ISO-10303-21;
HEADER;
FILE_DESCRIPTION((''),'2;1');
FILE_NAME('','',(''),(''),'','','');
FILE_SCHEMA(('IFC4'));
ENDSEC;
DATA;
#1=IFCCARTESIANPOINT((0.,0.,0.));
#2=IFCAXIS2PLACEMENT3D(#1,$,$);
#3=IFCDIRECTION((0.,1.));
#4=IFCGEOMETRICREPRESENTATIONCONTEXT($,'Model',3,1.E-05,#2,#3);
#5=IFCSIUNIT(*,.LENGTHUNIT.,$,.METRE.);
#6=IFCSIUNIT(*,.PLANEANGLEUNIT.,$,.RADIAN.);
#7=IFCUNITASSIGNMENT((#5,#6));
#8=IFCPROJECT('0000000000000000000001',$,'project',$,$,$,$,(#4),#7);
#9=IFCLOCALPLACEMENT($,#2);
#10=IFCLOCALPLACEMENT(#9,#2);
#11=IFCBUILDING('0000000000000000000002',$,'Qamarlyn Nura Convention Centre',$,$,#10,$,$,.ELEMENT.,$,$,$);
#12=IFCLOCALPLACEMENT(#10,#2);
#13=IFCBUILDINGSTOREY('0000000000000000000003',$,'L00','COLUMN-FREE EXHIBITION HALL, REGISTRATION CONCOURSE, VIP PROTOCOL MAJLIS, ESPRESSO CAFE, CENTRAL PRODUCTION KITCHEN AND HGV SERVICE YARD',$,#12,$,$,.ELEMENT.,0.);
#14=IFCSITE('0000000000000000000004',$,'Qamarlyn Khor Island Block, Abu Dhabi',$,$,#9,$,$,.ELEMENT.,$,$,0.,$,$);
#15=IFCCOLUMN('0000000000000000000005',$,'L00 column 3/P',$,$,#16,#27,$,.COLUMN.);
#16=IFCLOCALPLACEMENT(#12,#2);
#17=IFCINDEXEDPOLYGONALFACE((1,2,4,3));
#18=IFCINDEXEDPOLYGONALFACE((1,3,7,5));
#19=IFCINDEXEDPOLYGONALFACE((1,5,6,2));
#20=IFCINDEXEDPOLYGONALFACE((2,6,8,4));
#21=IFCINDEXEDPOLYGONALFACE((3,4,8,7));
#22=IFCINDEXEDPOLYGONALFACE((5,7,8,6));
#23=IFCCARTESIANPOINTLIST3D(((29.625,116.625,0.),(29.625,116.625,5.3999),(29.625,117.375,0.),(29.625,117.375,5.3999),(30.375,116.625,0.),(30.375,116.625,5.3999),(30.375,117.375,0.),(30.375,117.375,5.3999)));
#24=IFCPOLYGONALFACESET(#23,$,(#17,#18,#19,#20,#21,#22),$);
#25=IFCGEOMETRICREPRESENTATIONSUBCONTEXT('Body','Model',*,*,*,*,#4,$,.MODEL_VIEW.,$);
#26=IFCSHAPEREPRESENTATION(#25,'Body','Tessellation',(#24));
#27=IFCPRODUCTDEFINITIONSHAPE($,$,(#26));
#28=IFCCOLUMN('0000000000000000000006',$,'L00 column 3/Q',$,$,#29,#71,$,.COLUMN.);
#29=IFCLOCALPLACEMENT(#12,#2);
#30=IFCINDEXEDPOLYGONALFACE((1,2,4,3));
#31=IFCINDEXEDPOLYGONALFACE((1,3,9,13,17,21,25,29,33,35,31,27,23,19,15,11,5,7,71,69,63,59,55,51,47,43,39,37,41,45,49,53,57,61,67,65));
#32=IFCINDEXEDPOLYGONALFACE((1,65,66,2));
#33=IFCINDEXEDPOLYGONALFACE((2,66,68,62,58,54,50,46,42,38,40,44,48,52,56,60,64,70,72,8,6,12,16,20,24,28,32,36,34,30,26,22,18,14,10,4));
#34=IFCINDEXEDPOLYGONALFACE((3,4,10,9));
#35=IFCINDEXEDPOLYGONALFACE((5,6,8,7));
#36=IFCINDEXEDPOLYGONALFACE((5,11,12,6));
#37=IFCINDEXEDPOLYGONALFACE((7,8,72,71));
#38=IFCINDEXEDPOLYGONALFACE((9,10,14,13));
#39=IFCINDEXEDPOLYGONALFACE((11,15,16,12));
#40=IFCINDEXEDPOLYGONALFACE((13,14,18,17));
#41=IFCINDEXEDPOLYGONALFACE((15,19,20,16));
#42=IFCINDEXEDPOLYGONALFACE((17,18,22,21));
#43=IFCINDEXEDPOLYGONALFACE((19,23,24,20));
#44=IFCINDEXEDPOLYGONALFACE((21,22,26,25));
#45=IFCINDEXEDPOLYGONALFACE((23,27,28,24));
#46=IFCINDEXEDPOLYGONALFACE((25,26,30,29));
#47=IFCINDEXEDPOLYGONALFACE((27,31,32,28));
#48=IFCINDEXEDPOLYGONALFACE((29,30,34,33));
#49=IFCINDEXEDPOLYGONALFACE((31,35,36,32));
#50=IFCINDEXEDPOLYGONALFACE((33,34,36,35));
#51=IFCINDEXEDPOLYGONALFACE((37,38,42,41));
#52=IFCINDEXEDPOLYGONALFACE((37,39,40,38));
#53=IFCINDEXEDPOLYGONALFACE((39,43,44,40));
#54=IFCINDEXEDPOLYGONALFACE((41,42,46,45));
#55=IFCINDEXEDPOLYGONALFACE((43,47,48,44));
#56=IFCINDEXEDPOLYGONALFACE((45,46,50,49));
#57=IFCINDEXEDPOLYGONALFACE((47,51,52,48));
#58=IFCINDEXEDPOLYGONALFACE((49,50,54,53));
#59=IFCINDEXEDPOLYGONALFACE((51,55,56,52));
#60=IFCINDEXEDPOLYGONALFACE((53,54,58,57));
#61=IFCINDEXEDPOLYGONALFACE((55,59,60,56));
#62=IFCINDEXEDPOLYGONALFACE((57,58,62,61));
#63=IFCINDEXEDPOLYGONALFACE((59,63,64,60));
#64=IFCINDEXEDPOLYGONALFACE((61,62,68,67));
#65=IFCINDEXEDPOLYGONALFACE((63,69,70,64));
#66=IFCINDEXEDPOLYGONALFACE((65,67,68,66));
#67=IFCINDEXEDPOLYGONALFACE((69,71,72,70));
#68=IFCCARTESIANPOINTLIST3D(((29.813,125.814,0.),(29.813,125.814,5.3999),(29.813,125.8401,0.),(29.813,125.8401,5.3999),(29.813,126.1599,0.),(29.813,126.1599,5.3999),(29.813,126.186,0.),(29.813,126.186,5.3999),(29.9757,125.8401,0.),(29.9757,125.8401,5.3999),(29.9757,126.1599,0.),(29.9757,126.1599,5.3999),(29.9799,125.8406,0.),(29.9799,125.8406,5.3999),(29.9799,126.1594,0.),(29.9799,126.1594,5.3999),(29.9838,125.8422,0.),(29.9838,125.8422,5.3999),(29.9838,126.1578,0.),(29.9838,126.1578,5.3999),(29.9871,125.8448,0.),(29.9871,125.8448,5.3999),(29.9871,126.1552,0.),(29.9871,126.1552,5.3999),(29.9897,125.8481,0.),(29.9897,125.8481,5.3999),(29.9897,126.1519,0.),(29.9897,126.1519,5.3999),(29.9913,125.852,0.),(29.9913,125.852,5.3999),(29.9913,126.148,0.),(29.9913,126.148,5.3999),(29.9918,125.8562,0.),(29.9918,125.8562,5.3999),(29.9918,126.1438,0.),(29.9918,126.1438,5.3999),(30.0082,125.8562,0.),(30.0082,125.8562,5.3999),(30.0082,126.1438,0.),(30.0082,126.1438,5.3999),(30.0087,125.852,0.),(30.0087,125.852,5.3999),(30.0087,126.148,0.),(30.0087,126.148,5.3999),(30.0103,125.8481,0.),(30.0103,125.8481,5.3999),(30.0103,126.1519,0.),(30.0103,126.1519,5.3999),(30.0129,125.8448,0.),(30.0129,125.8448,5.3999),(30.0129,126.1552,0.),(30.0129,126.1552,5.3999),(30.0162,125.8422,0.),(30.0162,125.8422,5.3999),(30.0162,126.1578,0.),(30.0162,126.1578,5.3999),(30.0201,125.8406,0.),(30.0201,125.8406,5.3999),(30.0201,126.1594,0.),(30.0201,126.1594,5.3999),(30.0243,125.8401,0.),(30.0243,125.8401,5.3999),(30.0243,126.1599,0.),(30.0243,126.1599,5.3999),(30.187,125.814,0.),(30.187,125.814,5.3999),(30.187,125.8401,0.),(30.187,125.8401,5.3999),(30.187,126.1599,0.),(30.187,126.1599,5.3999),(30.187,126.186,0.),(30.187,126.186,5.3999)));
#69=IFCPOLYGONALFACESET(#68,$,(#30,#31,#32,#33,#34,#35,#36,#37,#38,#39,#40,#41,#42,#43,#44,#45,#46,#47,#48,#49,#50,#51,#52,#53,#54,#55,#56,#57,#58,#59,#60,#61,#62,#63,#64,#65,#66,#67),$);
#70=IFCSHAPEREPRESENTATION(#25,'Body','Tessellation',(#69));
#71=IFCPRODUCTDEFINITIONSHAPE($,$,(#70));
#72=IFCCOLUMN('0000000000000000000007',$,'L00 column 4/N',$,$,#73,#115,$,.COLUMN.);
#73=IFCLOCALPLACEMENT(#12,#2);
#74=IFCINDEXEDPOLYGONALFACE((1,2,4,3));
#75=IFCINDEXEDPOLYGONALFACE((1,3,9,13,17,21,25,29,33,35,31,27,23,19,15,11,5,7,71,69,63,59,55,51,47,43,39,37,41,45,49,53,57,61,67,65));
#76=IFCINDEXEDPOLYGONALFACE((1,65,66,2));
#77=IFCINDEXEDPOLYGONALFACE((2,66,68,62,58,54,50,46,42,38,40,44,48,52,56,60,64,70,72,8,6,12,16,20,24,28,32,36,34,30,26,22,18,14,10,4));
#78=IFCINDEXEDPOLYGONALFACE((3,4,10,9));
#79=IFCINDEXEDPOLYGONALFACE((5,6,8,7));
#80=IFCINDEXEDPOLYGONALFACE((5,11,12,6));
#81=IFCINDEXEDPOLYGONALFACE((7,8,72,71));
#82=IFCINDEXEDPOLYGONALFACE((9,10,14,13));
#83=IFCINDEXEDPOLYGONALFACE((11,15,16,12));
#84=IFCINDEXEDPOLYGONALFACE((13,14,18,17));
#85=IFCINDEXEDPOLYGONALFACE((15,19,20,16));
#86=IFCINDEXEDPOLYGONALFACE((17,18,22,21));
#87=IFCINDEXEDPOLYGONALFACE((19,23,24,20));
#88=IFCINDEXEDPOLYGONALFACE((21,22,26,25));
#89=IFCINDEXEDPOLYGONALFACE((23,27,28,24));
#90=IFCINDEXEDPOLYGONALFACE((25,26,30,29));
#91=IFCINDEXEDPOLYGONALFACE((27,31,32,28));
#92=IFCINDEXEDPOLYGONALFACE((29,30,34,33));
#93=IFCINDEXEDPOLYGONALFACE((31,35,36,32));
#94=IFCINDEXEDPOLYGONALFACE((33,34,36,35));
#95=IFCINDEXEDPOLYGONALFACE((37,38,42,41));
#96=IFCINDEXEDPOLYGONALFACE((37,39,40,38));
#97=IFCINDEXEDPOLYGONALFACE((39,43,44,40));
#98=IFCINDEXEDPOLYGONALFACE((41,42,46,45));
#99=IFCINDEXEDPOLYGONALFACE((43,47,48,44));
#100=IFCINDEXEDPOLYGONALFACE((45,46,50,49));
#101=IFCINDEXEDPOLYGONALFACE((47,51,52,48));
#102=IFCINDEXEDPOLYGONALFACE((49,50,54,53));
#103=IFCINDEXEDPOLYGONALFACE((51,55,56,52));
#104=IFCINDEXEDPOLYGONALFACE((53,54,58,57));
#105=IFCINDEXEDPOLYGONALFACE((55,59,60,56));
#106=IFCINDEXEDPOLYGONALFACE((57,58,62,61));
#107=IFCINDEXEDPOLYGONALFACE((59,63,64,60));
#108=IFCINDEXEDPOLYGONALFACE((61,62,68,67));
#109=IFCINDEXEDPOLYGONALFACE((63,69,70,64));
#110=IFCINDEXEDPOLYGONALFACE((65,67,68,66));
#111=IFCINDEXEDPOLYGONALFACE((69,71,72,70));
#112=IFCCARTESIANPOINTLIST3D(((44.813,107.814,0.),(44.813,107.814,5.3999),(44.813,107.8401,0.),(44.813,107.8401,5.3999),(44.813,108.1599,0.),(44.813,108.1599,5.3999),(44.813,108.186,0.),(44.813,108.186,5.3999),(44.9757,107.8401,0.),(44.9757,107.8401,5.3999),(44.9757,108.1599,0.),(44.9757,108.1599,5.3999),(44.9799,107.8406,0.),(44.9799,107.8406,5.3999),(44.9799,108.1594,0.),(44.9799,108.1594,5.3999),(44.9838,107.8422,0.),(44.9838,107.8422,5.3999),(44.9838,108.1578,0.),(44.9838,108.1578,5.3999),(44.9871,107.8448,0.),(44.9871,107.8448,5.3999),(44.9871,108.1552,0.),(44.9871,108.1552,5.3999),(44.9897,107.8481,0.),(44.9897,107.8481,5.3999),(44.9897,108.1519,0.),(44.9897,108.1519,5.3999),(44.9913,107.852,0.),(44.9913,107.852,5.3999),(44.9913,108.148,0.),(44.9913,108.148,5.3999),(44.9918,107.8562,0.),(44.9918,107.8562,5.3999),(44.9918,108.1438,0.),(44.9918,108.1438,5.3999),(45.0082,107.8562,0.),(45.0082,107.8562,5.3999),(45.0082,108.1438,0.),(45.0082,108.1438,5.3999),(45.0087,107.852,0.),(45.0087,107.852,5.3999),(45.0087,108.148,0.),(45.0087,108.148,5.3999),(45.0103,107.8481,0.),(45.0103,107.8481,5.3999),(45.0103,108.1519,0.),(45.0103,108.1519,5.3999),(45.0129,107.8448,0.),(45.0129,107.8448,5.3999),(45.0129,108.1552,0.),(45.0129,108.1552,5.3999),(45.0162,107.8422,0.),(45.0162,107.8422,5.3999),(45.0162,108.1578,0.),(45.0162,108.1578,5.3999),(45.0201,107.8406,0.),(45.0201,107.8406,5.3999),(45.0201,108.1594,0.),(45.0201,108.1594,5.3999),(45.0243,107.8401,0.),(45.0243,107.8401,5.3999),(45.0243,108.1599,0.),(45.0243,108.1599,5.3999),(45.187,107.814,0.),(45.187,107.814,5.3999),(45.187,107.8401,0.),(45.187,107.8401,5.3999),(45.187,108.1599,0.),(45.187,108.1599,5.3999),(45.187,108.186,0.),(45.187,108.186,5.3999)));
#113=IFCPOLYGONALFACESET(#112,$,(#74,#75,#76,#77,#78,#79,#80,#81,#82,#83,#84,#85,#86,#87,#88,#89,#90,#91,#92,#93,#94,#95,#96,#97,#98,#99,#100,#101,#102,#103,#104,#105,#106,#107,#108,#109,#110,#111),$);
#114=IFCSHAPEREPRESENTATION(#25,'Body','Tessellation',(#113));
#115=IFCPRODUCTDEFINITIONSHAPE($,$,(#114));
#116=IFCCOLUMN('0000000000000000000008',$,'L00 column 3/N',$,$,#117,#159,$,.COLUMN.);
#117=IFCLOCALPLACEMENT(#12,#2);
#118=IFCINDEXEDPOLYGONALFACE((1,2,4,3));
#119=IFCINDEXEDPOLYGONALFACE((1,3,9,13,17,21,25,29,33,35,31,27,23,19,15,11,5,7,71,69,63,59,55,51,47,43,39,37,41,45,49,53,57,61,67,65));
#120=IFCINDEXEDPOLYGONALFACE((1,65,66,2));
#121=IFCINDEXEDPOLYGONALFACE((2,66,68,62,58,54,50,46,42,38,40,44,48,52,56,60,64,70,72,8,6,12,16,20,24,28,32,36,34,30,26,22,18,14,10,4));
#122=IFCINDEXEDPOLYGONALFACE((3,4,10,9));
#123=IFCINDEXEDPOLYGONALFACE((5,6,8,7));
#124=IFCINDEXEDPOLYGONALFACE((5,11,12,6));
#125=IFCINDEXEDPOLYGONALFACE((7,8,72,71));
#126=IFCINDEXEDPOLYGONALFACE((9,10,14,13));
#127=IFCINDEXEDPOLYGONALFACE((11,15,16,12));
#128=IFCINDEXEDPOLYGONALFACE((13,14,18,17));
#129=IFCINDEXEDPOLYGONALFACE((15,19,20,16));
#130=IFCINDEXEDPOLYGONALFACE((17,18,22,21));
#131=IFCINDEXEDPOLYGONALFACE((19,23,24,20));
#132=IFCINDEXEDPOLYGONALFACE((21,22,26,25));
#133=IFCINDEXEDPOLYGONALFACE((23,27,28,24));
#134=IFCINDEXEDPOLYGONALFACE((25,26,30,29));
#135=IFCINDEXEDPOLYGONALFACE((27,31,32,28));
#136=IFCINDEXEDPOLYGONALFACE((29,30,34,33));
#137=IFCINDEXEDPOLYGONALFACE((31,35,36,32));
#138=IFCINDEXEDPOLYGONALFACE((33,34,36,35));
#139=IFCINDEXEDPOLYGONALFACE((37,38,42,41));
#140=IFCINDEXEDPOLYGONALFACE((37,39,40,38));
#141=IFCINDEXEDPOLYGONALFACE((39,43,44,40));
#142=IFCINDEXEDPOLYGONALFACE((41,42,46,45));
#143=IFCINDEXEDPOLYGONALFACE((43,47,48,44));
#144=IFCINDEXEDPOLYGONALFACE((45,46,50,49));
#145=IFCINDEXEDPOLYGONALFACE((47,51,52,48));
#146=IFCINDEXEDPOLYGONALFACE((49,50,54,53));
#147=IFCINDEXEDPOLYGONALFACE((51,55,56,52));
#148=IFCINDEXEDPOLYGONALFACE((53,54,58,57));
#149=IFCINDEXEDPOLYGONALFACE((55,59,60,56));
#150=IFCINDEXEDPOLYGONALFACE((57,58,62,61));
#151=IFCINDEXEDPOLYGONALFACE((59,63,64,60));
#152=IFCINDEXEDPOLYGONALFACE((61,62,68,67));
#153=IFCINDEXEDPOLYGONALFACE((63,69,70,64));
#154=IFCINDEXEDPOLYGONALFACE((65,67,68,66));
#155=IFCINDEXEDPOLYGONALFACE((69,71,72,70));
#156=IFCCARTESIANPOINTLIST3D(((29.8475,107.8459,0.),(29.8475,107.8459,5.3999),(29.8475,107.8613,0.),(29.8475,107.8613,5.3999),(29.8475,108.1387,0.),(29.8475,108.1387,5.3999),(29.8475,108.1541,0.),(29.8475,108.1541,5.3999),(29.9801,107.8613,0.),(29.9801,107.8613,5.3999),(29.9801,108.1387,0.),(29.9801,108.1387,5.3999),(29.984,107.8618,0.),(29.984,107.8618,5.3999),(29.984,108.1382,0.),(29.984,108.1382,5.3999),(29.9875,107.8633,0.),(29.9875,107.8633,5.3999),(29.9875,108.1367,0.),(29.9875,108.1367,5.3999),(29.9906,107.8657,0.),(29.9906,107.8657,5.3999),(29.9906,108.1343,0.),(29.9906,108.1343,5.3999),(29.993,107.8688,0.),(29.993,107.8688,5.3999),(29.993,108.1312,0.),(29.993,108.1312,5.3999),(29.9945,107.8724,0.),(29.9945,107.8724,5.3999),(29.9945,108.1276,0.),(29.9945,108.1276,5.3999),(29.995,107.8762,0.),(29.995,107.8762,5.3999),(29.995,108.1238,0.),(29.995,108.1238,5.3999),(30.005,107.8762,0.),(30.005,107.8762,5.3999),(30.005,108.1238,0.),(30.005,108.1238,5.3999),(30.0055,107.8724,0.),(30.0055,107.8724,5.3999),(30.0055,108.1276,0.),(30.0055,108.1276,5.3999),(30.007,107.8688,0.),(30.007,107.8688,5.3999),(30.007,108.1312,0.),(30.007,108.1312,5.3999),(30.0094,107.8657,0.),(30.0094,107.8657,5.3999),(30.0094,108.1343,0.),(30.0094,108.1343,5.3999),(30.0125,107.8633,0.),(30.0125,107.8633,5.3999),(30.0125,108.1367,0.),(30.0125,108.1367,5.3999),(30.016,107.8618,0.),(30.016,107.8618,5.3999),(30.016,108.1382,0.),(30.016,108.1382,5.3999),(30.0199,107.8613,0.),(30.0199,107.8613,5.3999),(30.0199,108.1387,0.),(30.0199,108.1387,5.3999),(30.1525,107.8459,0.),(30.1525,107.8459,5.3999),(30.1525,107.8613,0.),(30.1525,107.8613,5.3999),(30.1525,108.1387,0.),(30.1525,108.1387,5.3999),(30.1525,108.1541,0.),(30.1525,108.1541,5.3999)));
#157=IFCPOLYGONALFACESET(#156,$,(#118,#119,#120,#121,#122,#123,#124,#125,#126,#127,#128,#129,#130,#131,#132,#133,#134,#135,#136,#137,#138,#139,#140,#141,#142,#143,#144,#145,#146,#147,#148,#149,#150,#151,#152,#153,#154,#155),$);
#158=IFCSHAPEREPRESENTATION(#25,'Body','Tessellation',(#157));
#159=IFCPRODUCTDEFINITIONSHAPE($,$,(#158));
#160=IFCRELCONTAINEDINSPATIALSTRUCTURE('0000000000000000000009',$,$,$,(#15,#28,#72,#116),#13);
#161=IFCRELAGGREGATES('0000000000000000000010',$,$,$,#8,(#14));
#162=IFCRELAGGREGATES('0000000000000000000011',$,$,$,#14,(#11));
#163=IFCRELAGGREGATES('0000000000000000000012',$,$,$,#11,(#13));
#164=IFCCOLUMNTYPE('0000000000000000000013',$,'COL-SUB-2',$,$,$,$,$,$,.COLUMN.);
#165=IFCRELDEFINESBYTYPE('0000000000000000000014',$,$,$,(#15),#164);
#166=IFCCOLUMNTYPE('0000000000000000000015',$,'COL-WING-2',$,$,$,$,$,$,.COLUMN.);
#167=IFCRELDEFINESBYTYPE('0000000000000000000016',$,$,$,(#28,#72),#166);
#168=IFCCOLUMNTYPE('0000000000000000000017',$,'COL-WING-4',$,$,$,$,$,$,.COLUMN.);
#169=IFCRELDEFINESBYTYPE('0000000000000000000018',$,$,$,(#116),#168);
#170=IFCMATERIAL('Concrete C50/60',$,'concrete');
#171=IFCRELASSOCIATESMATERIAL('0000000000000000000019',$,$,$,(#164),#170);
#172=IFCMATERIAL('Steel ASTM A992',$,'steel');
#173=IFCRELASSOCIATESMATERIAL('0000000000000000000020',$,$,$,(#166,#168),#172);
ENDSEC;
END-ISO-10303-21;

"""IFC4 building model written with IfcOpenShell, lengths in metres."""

from ifc_helpers import new_model, si_unit, direction, frame, origin, origin_2d, place, context, subcontext, project, spatial, rectangle, i_section, extrude, material, material_profile, profile_set, type_object, element, save


model = new_model("IFC4")

# Units and contexts
model_context = context("Model", 3, precision=1e-05, world=origin(), true_north=direction((0.0, 1.0)))
body_context = subcontext(model_context, "Body", "Model", "MODEL_VIEW")
ifc_project = project(units=[si_unit("LENGTHUNIT", "METRE"), si_unit("PLANEANGLEUNIT", "RADIAN")], contexts=[model_context])

# Site, building, storey
site_placement = place(None, origin())
site = spatial("IfcSite", under=ifc_project, at=site_placement, Name="Qamarlyn Khor Island Block, Abu Dhabi", CompositionType="ELEMENT", RefElevation=0.0)
building_placement = place(site_placement, origin())
building = spatial("IfcBuilding", under=site, at=building_placement, Name="Qamarlyn Nura Convention Centre", CompositionType="ELEMENT")
storey_placement = place(building_placement, origin())
storey = spatial("IfcBuildingStorey", under=building, at=storey_placement, Name="L00", Description="COLUMN-FREE EXHIBITION HALL, REGISTRATION CONCOURSE, VIP PROTOCOL MAJLIS, ESPRESSO CAFE, CENTRAL PRODUCTION KITCHEN AND HGV SERVICE YARD", CompositionType="ELEMENT", Elevation=0.0)

# Columns
ifc_material_1 = material(Name="Concrete C50/60", Category="concrete")
ifc_material_profile_1 = material_profile(ifc_material_1, rectangle(XDim=0.75, YDim=0.75, at=origin_2d()), Name="RC 750x750")
ifc_profile_set_1 = profile_set([ifc_material_profile_1], Name="Concrete C50/60")
column_type_1 = type_object("IfcColumnType", Name="COL-SUB-2", PredefinedType="COLUMN", material=ifc_profile_set_1)
column_placement = place(storey_placement, frame((30.0, 117.0, 0.0), z_axis=(0.0, 0.0, 1.0), x_axis=(1.0, 0.0, 0.0)))
element("IfcColumn", 1, at=column_placement, inside=storey, type_object=column_type_1, Name="L00 column 3/P", PredefinedType="COLUMN", context=body_context, shape_type="SweptSolid", body=[
    extrude(rectangle(XDim=0.75, YDim=0.75, at=origin_2d()), origin(), (0.0, 0.0, 1.0), 5.3999),
])
ifc_material_2 = material(Name="Steel ASTM A992", Category="steel")
ifc_material_profile_2 = material_profile(ifc_material_2, i_section(OverallWidth=0.374, OverallDepth=0.3721, WebThickness=0.0164, FlangeThickness=0.0261, FilletRadius=0.0161, at=origin_2d()), Name="W360X196")
ifc_profile_set_2 = profile_set([ifc_material_profile_2], Name="Steel ASTM A992")
column_type_2 = type_object("IfcColumnType", Name="COL-WING-2", PredefinedType="COLUMN", material=ifc_profile_set_2)
for number, where, z_axis, x_axis, name in (
    (2, (30.0, 126.0, 0.0), (0.0, 0.0, 1.0), (1.0, 0.0, 0.0), "L00 column 3/Q"),
    (3, (45.0, 108.0, 0.0), (0.0, 0.0, 1.0), (1.0, 0.0, 0.0), "L00 column 4/N"),
):
    element("IfcColumn", number, at=place(storey_placement, frame(where, z_axis=z_axis, x_axis=x_axis)), inside=storey, type_object=column_type_2, Name=name, PredefinedType="COLUMN", context=body_context, shape_type="SweptSolid", body=[
        extrude(i_section(OverallWidth=0.374, OverallDepth=0.3721, WebThickness=0.0164, FlangeThickness=0.0261, FilletRadius=0.0161, at=origin_2d()), origin(), (0.0, 0.0, 1.0), 5.3999),
    ])
ifc_material_profile_3 = material_profile(ifc_material_2, i_section(OverallWidth=0.3049, OverallDepth=0.3081, WebThickness=0.01, FlangeThickness=0.0154, FilletRadius=0.0149, at=origin_2d()), Name="W310X97")
ifc_profile_set_3 = profile_set([ifc_material_profile_3], Name="Steel ASTM A992")
column_type_3 = type_object("IfcColumnType", Name="COL-WING-4", PredefinedType="COLUMN", material=ifc_profile_set_3)
for number, where, z_axis, x_axis, name in (
    (4, (30.0, 108.0, 0.0), (0.0, 0.0, 1.0), (1.0, 0.0, 0.0), "L00 column 3/N"),
):
    element("IfcColumn", number, at=place(storey_placement, frame(where, z_axis=z_axis, x_axis=x_axis)), inside=storey, type_object=column_type_3, Name=name, PredefinedType="COLUMN", context=body_context, shape_type="SweptSolid", body=[
        extrude(i_section(OverallWidth=0.3049, OverallDepth=0.3081, WebThickness=0.01, FlangeThickness=0.0154, FilletRadius=0.0149, at=origin_2d()), origin(), (0.0, 0.0, 1.0), 5.3999),
    ])

save(model, "model.ifc")
